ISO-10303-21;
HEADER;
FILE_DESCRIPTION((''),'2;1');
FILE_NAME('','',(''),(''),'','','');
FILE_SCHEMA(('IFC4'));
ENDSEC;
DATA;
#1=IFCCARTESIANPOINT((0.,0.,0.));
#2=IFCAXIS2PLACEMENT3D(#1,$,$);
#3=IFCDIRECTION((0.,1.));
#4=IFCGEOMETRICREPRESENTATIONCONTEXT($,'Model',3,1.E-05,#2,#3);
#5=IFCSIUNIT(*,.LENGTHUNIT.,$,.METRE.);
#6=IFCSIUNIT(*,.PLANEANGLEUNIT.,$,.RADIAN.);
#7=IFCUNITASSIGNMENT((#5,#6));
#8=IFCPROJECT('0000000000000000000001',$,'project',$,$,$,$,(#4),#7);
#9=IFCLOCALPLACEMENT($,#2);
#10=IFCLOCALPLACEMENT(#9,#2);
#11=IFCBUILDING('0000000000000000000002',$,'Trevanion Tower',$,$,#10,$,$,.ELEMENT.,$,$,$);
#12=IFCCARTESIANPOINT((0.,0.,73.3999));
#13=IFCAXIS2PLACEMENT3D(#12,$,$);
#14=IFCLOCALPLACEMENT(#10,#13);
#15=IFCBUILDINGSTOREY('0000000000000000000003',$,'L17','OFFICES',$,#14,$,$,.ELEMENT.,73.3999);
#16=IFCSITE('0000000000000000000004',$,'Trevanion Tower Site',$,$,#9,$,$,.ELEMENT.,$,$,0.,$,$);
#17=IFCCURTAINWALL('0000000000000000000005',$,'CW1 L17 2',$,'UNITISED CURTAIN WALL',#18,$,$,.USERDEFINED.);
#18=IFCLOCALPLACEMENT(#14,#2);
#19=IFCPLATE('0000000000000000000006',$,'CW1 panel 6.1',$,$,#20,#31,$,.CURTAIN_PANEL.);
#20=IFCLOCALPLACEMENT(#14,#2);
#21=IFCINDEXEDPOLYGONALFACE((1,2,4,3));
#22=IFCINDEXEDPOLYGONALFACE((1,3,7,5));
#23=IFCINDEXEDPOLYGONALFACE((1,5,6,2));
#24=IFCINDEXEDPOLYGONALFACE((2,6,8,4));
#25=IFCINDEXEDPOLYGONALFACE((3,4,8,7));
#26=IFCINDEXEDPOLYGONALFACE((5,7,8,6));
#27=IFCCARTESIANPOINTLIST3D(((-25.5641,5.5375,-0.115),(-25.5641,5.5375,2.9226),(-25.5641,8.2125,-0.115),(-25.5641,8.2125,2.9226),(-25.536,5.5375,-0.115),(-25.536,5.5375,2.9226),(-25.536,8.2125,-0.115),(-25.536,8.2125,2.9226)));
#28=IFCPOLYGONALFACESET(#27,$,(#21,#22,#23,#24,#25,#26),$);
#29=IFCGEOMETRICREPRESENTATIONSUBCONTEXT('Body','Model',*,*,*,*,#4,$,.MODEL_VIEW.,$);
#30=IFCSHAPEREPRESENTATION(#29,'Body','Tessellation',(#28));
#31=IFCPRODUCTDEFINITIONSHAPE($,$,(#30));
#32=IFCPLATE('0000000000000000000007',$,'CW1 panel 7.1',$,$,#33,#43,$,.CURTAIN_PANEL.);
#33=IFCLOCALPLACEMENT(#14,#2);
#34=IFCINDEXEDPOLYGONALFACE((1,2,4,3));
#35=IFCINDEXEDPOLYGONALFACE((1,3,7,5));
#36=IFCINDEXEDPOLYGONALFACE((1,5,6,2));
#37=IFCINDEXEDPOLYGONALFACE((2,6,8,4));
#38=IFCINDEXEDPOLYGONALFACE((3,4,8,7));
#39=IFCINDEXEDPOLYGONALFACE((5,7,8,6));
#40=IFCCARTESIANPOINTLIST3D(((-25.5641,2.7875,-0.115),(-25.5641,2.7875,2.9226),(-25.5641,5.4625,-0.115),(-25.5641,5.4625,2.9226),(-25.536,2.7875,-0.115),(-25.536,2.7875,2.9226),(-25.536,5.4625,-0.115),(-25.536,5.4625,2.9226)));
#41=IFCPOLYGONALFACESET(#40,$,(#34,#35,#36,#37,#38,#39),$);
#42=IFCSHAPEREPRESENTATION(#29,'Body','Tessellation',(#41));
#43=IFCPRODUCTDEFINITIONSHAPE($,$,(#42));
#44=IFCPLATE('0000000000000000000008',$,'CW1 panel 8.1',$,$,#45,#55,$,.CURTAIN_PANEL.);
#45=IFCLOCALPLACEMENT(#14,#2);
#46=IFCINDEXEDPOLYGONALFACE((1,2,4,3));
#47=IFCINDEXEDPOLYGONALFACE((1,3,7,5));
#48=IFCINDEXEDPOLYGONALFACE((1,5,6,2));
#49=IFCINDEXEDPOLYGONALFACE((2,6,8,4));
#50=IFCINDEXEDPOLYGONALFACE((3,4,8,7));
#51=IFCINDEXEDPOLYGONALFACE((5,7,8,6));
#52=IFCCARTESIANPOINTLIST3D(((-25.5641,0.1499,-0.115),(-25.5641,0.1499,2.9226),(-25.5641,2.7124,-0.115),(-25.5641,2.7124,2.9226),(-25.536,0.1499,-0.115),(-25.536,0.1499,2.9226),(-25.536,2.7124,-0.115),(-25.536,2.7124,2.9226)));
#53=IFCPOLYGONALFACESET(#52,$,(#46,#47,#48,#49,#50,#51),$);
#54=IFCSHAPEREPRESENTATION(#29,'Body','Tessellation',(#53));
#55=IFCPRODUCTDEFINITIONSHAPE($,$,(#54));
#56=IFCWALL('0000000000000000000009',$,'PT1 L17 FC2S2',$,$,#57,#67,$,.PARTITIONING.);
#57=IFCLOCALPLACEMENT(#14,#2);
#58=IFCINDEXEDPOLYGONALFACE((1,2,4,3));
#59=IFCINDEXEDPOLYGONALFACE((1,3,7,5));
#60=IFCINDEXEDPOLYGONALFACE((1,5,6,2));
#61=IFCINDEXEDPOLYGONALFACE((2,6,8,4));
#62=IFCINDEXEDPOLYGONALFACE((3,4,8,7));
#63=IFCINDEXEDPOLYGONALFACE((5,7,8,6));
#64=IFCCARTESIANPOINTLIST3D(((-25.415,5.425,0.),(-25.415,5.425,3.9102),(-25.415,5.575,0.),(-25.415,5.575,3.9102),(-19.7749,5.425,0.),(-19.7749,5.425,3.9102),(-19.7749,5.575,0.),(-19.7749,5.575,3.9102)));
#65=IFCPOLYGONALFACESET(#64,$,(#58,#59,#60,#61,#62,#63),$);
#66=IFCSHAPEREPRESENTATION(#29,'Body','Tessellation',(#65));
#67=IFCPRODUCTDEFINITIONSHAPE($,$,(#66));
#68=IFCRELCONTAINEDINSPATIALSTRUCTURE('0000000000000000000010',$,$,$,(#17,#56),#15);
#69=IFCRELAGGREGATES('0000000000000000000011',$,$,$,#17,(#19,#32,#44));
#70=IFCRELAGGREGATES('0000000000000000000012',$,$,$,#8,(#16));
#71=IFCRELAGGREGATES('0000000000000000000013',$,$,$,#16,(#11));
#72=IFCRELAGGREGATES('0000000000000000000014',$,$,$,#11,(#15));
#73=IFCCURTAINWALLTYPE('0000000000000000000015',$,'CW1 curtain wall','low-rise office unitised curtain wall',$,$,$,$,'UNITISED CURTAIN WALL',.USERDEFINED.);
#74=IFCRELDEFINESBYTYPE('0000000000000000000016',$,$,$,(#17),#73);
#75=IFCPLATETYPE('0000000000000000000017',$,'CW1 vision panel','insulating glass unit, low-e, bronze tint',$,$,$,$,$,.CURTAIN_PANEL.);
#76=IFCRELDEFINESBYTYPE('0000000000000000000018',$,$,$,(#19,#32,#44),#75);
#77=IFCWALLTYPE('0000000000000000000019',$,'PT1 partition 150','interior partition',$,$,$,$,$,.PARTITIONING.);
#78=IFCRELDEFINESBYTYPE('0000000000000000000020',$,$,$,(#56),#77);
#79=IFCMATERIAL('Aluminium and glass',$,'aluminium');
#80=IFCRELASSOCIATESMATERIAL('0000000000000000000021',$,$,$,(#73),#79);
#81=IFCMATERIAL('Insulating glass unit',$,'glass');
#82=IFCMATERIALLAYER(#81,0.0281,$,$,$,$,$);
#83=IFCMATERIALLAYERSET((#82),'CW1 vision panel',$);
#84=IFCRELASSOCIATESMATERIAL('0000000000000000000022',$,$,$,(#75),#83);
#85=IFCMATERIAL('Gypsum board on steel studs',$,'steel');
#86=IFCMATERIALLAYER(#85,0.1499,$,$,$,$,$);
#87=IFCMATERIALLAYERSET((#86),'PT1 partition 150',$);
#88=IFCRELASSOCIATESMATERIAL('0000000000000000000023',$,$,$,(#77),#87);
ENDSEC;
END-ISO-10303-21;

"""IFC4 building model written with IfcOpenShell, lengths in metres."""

from ifc_helpers import new_model, si_unit, direction, frame, frame_2d, origin, origin_2d, place, context, subcontext, project, spatial, rectangle, extrude, material, layer, layer_set, type_object, element, aggregate, save


model = new_model("IFC4")

# Units and contexts
model_context = context("Model", 3, precision=1e-05, world=origin(), true_north=direction((0.0, 1.0)))
body_context = subcontext(model_context, "Body", "Model", "MODEL_VIEW")
ifc_project = project(units=[si_unit("LENGTHUNIT", "METRE"), si_unit("PLANEANGLEUNIT", "RADIAN")], contexts=[model_context])

# Site, building, storey
site_placement = place(None, origin())
site = spatial("IfcSite", under=ifc_project, at=site_placement, Name="Trevanion Tower Site", CompositionType="ELEMENT", RefElevation=0.0)
building_placement = place(site_placement, origin())
building = spatial("IfcBuilding", under=site, at=building_placement, Name="Trevanion Tower", CompositionType="ELEMENT")
storey_placement = place(building_placement, frame((0.0, 0.0, 73.3999)))
storey = spatial("IfcBuildingStorey", under=building, at=storey_placement, Name="L17", Description="OFFICES", CompositionType="ELEMENT", Elevation=73.3999)

# Curtain wall, plates
ifc_material_1 = material(Name="Aluminium and glass", Category="aluminium")
curtain_wall_type = type_object("IfcCurtainWallType", Name="CW1 curtain wall", Description="low-rise office unitised curtain wall", ElementType="UNITISED CURTAIN WALL", PredefinedType="USERDEFINED", material=ifc_material_1)
curtain_wall_placement = place(storey_placement, origin())
curtain_wall = element("IfcCurtainWall", 1, at=curtain_wall_placement, inside=storey, type_object=curtain_wall_type, Name="CW1 L17 2", ObjectType="UNITISED CURTAIN WALL", PredefinedType="USERDEFINED")
ifc_material_2 = material(Name="Insulating glass unit", Category="glass")
ifc_layer_1 = layer(ifc_material_2, 0.0281)
ifc_layer_set_1 = layer_set([ifc_layer_1], Name="CW1 vision panel")
plate_type_1 = type_object("IfcPlateType", Name="CW1 vision panel", Description="insulating glass unit, low-e, bronze tint", PredefinedType="CURTAIN_PANEL", material=ifc_layer_set_1)
plate_1_placement = place(storey_placement, frame((-25.55, 6.875, -0.115), z_axis=(0.0, 0.0, 1.0), x_axis=(0.0, -1.0, 0.0)))
plate_1 = element("IfcPlate", 2, at=plate_1_placement, type_object=plate_type_1, Name="CW1 panel 6.1", PredefinedType="CURTAIN_PANEL", context=body_context, shape_type="SweptSolid", body=[
    extrude(rectangle(XDim=2.675, YDim=0.0281, at=origin_2d()), origin(), (0.0, 0.0, 1.0), 3.0376),
])
plate_2_placement = place(storey_placement, frame((-25.55, 4.125, -0.115), z_axis=(0.0, 0.0, 1.0), x_axis=(0.0, -1.0, 0.0)))
plate_2 = element("IfcPlate", 3, at=plate_2_placement, type_object=plate_type_1, Name="CW1 panel 7.1", PredefinedType="CURTAIN_PANEL", context=body_context, shape_type="SweptSolid", body=[
    extrude(rectangle(XDim=2.675, YDim=0.0281, at=origin_2d()), origin(), (0.0, 0.0, 1.0), 3.0376),
])
plate_3_placement = place(storey_placement, frame((-25.55, 1.4312, -0.115), z_axis=(0.0, 0.0, 1.0), x_axis=(0.0, -1.0, 0.0)))
plate_3 = element("IfcPlate", 4, at=plate_3_placement, type_object=plate_type_1, Name="CW1 panel 8.1", PredefinedType="CURTAIN_PANEL", context=body_context, shape_type="SweptSolid", body=[
    extrude(rectangle(XDim=2.5625, YDim=0.0281, at=origin_2d()), origin(), (0.0, 0.0, 1.0), 3.0376),
])
aggregate(curtain_wall, [plate_1, plate_2, plate_3])

# Wall
ifc_material_3 = material(Name="Gypsum board on steel studs", Category="steel")
ifc_layer_2 = layer(ifc_material_3, 0.1499)
ifc_layer_set_2 = layer_set([ifc_layer_2], Name="PT1 partition 150")
wall_type = type_object("IfcWallType", Name="PT1 partition 150", Description="interior partition", PredefinedType="PARTITIONING", material=ifc_layer_set_2)
wall_placement = place(storey_placement, frame((-19.7749, 5.5, 0.0), z_axis=(0.0, 0.0, 1.0), x_axis=(-1.0, 0.0, 0.0)))
element("IfcWall", 5, at=wall_placement, inside=storey, type_object=wall_type, Name="PT1 L17 FC2S2", PredefinedType="PARTITIONING", context=body_context, shape_type="SweptSolid", body=[
    extrude(rectangle(XDim=5.6401, YDim=0.1499, at=frame_2d((2.8201, 0.0))), origin(), (0.0, 0.0, 1.0), 3.9102),
])

save(model, "model.ifc")
